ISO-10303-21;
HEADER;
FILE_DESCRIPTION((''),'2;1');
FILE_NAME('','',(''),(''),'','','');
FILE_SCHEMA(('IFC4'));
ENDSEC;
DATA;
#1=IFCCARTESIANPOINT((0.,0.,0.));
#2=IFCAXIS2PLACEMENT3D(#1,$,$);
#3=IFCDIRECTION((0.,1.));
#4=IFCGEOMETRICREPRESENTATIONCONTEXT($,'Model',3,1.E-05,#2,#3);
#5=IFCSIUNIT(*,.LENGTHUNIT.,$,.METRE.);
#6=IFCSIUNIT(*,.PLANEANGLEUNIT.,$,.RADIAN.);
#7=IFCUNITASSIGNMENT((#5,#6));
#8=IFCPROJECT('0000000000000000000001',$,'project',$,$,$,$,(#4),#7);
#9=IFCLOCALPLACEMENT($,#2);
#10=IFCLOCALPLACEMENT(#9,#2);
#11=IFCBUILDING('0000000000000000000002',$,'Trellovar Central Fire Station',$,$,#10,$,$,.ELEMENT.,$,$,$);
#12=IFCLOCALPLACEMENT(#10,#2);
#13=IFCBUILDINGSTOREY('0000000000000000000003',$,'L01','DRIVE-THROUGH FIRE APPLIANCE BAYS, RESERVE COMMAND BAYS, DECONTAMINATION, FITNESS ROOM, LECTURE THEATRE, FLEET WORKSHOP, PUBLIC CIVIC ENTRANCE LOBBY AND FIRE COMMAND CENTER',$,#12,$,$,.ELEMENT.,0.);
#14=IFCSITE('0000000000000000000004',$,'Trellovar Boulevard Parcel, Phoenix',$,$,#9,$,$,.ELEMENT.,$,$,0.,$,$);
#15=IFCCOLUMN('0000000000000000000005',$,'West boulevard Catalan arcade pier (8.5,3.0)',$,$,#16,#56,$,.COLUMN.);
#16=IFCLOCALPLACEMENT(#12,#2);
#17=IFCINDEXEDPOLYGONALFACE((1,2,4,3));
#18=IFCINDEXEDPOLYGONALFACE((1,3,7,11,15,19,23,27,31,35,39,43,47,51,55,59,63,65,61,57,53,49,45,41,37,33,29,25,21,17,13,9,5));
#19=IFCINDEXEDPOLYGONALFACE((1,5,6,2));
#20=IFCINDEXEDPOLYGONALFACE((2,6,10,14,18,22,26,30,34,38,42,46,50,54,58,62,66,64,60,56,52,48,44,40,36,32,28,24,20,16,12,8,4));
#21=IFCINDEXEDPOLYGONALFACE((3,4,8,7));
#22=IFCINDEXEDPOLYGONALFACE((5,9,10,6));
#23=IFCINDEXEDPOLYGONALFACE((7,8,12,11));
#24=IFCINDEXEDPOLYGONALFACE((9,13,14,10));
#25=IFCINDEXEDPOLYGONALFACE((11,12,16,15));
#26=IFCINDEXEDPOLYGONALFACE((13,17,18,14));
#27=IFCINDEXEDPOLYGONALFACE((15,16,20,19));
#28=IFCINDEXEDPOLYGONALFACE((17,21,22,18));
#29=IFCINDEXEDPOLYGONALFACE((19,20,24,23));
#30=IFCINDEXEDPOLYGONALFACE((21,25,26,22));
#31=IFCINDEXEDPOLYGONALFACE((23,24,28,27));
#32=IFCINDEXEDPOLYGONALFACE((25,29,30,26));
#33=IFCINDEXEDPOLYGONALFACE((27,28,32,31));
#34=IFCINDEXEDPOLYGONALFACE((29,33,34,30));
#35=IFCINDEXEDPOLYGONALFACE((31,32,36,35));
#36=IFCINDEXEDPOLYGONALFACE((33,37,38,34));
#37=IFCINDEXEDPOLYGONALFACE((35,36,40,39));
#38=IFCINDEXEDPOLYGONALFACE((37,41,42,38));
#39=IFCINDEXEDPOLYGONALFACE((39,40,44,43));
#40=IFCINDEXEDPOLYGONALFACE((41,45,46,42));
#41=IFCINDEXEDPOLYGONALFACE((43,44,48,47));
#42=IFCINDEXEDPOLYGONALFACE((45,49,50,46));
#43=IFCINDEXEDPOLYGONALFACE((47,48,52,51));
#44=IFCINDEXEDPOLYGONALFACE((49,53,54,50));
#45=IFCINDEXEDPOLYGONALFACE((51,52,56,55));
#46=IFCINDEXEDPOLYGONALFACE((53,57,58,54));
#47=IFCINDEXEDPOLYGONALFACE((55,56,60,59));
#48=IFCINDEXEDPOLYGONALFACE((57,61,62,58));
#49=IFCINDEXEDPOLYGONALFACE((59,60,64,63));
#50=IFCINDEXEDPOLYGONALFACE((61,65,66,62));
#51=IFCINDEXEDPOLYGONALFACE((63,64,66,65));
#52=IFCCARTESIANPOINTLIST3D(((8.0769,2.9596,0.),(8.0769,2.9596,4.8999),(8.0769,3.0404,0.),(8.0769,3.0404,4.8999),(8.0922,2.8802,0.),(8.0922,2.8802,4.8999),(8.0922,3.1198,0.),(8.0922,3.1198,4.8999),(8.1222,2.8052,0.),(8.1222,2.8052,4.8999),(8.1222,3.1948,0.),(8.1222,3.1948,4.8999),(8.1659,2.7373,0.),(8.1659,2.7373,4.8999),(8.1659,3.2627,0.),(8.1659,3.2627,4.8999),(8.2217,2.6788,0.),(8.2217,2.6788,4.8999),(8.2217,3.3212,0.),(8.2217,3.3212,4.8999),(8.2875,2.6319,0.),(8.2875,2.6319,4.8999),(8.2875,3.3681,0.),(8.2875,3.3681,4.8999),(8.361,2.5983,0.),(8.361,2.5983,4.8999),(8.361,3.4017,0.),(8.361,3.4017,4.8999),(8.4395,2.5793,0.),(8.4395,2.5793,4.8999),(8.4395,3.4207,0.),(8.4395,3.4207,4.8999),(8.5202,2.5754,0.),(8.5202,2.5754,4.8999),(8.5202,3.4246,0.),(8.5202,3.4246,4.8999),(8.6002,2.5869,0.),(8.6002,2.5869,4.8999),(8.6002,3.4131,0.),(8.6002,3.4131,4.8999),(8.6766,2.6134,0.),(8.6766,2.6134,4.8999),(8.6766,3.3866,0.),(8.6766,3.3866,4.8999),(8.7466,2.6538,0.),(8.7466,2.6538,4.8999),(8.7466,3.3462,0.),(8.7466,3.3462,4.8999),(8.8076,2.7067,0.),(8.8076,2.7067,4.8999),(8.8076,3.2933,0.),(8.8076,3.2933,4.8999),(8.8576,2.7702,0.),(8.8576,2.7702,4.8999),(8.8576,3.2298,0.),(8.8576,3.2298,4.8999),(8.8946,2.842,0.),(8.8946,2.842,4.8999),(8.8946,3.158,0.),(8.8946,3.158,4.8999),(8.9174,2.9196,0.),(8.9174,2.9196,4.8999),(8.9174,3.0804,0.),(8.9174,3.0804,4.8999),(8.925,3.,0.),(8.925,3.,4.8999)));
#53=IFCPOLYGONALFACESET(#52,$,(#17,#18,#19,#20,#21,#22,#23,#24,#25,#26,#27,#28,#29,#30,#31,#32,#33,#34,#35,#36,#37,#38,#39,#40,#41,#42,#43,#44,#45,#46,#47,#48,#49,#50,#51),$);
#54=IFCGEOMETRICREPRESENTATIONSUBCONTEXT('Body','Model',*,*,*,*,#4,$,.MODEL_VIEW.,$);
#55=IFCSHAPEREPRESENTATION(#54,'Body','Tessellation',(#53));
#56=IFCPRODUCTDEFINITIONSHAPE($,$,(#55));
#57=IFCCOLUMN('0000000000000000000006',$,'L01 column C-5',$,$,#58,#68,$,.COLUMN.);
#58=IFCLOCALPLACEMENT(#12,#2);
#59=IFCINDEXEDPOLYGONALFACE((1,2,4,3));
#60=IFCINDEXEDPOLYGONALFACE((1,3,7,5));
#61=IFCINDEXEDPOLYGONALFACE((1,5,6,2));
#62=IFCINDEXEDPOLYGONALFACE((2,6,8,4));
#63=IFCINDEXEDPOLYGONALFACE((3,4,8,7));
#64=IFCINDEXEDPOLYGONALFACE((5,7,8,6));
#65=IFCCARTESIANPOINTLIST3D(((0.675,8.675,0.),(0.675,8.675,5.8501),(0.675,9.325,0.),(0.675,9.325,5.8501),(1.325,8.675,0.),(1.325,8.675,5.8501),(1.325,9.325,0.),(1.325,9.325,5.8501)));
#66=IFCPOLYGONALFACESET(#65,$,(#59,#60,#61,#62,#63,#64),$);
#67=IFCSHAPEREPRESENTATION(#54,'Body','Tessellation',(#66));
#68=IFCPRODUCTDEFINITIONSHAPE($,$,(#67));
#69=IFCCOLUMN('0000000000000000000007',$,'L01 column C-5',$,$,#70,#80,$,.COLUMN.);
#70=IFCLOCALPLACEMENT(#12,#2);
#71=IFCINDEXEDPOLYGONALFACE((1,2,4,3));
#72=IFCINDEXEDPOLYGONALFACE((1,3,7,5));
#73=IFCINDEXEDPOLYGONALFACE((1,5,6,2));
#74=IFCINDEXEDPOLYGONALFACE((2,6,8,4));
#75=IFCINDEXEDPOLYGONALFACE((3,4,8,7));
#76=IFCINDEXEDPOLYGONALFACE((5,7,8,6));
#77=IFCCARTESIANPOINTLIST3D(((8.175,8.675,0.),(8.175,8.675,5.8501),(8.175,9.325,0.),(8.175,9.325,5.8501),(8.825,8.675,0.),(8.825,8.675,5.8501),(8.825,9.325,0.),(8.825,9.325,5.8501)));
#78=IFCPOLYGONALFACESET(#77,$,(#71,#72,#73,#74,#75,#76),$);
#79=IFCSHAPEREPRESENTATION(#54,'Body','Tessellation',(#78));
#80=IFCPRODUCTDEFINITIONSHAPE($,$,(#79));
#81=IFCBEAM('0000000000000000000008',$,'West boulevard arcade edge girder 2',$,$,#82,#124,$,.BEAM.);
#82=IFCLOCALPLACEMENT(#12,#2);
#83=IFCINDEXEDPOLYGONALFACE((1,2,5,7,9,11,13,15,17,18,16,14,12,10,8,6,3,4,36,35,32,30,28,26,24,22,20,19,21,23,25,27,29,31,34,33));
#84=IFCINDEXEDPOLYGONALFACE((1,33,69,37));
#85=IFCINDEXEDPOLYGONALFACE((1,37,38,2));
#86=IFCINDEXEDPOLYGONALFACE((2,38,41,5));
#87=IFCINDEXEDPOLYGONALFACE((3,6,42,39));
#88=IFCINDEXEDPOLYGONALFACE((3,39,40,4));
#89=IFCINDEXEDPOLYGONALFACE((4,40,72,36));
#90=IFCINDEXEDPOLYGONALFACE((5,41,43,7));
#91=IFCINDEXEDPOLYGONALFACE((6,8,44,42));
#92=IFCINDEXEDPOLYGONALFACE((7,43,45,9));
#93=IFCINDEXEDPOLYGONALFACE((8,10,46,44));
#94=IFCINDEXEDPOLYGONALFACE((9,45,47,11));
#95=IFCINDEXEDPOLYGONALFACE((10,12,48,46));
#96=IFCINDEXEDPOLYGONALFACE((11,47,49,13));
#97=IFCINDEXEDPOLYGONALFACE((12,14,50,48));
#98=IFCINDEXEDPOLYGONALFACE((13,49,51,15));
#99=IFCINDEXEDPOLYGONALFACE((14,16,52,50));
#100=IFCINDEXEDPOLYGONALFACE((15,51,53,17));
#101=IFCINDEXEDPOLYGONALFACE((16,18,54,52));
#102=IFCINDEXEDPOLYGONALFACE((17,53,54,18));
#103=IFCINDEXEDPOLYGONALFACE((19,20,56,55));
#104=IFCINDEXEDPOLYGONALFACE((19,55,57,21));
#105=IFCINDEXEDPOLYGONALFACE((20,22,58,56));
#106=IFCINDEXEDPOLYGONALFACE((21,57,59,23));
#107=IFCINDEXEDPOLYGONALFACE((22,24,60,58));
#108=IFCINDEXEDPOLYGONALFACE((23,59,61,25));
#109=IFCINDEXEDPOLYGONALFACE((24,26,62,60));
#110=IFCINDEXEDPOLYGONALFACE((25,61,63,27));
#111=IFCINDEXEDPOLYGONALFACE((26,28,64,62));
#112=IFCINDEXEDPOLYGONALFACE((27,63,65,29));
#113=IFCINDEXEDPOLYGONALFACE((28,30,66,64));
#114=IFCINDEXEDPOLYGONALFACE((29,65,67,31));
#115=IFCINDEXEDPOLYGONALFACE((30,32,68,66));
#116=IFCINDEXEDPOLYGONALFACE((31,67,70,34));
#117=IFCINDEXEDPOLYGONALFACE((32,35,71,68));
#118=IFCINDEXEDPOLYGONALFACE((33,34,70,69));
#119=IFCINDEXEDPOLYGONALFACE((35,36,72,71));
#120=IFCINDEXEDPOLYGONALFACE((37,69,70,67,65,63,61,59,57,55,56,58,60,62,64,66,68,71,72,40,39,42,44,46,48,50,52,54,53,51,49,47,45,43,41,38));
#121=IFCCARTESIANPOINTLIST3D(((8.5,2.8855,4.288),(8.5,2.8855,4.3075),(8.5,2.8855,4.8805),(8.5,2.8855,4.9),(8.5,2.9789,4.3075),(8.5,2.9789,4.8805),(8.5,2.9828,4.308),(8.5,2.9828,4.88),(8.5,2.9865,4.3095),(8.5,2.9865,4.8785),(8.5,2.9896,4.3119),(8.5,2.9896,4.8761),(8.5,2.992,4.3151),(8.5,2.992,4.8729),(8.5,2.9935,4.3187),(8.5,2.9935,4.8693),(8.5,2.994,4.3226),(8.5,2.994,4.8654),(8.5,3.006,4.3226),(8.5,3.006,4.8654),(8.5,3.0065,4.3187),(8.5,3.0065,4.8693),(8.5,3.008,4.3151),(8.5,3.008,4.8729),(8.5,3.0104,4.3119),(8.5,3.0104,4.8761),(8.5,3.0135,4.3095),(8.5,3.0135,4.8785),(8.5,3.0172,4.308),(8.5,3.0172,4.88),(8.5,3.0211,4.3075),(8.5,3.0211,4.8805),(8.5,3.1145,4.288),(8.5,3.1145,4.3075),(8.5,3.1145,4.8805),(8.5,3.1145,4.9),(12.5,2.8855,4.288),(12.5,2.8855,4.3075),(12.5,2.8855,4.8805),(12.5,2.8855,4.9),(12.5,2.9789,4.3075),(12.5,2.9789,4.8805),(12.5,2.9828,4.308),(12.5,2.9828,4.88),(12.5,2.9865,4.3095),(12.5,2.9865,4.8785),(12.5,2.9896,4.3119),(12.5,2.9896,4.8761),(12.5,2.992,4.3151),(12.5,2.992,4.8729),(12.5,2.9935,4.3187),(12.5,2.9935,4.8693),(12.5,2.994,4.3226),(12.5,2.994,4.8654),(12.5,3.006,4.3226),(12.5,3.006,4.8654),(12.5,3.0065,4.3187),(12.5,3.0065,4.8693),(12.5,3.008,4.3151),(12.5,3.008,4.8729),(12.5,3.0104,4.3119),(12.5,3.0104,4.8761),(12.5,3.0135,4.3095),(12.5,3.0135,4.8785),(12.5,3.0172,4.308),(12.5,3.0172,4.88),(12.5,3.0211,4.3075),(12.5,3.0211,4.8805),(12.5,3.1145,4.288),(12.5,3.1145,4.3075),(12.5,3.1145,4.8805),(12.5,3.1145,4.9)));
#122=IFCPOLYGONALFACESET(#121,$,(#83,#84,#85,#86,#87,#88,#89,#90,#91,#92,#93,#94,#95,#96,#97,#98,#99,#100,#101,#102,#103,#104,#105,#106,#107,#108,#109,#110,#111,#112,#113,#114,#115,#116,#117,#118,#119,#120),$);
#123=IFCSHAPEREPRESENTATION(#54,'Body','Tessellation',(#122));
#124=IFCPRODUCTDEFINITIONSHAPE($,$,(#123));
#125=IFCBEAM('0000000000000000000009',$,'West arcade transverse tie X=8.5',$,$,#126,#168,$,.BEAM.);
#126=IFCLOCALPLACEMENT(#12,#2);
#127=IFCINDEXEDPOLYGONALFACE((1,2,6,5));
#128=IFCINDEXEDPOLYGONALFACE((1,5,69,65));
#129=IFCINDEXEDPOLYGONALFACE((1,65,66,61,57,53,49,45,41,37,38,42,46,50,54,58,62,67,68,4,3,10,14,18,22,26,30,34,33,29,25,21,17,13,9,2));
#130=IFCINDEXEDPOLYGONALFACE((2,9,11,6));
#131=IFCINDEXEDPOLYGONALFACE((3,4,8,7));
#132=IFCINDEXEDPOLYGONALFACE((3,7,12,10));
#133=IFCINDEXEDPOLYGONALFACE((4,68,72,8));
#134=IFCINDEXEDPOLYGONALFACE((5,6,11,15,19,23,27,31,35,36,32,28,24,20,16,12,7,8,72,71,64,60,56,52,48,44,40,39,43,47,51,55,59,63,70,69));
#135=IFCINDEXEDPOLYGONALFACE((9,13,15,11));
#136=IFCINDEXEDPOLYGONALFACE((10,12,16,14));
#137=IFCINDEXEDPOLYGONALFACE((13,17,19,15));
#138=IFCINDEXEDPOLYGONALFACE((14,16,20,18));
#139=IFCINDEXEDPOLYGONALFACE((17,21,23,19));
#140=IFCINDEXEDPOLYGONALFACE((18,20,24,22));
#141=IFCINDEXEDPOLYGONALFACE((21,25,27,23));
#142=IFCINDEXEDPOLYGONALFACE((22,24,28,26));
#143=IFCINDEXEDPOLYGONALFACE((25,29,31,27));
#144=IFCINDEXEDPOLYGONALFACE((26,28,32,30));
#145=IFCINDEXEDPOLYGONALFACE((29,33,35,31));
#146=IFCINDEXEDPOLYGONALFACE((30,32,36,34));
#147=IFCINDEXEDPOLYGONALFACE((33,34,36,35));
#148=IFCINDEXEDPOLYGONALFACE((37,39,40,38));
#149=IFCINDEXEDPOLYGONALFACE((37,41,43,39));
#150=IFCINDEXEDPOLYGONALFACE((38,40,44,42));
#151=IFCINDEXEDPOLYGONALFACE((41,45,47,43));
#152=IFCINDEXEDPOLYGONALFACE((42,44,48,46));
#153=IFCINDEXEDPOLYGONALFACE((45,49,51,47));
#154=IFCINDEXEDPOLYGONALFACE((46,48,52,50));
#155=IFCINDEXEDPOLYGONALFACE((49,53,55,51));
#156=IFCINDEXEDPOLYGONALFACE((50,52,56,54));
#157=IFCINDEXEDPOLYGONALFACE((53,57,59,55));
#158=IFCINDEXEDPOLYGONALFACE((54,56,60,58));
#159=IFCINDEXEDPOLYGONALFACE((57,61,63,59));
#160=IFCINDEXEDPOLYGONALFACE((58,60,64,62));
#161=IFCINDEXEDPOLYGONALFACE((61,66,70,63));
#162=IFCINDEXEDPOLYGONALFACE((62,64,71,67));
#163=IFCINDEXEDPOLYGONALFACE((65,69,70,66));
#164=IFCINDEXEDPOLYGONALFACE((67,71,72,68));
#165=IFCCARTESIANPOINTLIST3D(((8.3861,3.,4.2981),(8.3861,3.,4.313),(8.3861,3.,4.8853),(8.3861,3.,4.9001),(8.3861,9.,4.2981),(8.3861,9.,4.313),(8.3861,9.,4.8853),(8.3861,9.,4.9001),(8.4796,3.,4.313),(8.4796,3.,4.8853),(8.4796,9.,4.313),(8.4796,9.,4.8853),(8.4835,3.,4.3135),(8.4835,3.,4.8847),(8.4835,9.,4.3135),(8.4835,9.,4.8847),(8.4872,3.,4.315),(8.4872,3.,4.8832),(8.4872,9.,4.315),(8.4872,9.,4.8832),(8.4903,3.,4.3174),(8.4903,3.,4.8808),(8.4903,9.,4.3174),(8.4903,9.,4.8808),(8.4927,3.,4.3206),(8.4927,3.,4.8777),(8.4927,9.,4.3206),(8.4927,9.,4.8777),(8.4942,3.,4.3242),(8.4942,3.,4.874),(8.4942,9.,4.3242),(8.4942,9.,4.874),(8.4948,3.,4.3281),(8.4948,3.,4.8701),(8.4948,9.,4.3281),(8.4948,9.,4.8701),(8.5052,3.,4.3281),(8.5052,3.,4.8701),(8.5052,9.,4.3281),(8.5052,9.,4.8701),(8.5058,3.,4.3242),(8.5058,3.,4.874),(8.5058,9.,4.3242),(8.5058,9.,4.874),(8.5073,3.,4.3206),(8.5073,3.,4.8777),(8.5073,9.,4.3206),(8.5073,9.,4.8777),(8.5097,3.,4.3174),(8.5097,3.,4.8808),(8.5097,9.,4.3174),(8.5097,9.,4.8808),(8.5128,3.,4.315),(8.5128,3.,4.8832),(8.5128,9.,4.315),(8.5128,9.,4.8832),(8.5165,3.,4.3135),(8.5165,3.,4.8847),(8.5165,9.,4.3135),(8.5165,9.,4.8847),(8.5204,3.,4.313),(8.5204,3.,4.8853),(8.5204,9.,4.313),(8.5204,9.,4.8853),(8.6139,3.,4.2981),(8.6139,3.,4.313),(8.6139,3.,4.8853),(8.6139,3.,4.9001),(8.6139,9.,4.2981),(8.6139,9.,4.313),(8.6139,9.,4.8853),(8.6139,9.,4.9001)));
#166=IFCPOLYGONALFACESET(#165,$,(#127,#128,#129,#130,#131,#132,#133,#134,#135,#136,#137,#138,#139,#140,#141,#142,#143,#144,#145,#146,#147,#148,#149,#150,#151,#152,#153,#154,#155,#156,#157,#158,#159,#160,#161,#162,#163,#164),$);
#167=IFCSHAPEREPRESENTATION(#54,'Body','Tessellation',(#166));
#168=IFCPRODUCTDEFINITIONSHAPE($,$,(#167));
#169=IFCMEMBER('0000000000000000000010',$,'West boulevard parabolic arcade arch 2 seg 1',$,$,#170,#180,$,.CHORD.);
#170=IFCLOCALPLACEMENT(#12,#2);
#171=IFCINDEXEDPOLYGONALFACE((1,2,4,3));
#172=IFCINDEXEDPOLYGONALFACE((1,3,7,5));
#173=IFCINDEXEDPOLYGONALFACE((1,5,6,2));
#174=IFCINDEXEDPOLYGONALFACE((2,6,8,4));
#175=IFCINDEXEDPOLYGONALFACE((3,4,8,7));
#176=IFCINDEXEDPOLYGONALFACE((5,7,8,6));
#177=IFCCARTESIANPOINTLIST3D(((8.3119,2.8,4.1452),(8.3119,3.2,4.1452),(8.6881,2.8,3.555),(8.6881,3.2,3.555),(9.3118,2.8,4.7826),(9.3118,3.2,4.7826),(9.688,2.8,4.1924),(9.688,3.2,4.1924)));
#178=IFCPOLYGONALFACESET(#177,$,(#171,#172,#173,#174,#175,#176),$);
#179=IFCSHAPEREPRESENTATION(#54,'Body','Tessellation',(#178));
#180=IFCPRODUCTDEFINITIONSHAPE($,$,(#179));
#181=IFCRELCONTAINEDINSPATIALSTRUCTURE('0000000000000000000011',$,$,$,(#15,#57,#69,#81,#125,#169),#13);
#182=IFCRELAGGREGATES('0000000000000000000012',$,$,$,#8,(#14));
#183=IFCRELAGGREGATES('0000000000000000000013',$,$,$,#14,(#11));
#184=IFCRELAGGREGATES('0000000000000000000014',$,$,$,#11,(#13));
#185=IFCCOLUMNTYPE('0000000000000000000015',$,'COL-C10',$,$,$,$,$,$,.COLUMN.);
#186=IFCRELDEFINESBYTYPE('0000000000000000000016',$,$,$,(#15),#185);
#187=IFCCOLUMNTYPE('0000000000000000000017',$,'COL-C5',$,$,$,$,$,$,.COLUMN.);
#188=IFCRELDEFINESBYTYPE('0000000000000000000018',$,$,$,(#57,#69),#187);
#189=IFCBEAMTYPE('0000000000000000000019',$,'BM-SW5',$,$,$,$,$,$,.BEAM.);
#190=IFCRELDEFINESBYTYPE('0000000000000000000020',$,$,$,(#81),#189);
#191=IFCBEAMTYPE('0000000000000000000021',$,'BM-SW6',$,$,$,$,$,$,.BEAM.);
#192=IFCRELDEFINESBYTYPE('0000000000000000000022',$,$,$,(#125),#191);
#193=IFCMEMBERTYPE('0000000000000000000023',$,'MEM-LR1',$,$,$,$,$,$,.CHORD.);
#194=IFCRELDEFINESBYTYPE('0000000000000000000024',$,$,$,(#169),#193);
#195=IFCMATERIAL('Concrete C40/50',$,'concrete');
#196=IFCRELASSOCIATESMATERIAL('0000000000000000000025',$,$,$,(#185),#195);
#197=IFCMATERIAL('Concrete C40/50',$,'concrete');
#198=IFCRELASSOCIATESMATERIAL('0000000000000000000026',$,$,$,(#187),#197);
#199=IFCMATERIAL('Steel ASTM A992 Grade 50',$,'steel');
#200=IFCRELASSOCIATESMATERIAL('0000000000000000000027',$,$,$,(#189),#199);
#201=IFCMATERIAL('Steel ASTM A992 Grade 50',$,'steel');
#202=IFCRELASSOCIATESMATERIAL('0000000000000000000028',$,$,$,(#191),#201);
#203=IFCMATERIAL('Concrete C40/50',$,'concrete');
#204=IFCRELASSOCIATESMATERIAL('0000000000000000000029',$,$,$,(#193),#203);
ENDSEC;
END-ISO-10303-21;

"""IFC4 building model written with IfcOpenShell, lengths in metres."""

from ifc_helpers import new_model, si_unit, direction, frame, origin, origin_2d, place, context, subcontext, project, spatial, rectangle, circle, i_section, extrude, material, material_profile, profile_set, type_object, element, save


model = new_model("IFC4")

# Units and contexts
model_context = context("Model", 3, precision=1e-05, world=origin(), true_north=direction((0.0, 1.0)))
body_context = subcontext(model_context, "Body", "Model", "MODEL_VIEW")
ifc_project = project(units=[si_unit("LENGTHUNIT", "METRE"), si_unit("PLANEANGLEUNIT", "RADIAN")], contexts=[model_context])

# Site, building, storey
site_placement = place(None, origin())
site = spatial("IfcSite", under=ifc_project, at=site_placement, Name="Trellovar Boulevard Parcel, Phoenix", CompositionType="ELEMENT", RefElevation=0.0)
building_placement = place(site_placement, origin())
building = spatial("IfcBuilding", under=site, at=building_placement, Name="Trellovar Central Fire Station", CompositionType="ELEMENT")
storey_placement = place(building_placement, origin())
storey = spatial("IfcBuildingStorey", under=building, at=storey_placement, Name="L01", Description="DRIVE-THROUGH FIRE APPLIANCE BAYS, RESERVE COMMAND BAYS, DECONTAMINATION, FITNESS ROOM, LECTURE THEATRE, FLEET WORKSHOP, PUBLIC CIVIC ENTRANCE LOBBY AND FIRE COMMAND CENTER", CompositionType="ELEMENT", Elevation=0.0)

# Columns
ifc_material_1 = material(Name="Concrete C40/50", Category="concrete")
ifc_material_profile_1 = material_profile(ifc_material_1, circle(Radius=0.425, at=origin_2d()), Name="RCD850")
ifc_profile_set_1 = profile_set([ifc_material_profile_1], Name="Concrete C40/50")
column_type_1 = type_object("IfcColumnType", Name="COL-C10", PredefinedType="COLUMN", material=ifc_profile_set_1)
column_placement = place(storey_placement, frame((8.5, 3.0, 0.0), z_axis=(0.0, 0.0, 1.0), x_axis=(1.0, 0.0, 0.0)))
element("IfcColumn", 1, at=column_placement, inside=storey, type_object=column_type_1, Name="West boulevard Catalan arcade pier (8.5,3.0)", PredefinedType="COLUMN", context=body_context, shape_type="SweptSolid", body=[
    extrude(circle(Radius=0.425, at=origin_2d()), origin(), (0.0, 0.0, 1.0), 4.8999),
])
ifc_material_2 = material(Name="Concrete C40/50", Category="concrete")
ifc_material_profile_2 = material_profile(ifc_material_2, rectangle(XDim=0.6499, YDim=0.6499, at=origin_2d()), Name="RC650X650")
ifc_profile_set_2 = profile_set([ifc_material_profile_2], Name="Concrete C40/50")
column_type_2 = type_object("IfcColumnType", Name="COL-C5", PredefinedType="COLUMN", material=ifc_profile_set_2)
for number, where, z_axis, x_axis, name in (
    (2, (1.0, 9.0, 0.0), (0.0, 0.0, 1.0), (1.0, 0.0, 0.0), "L01 column C-5"),
    (3, (8.5, 9.0, 0.0), (0.0, 0.0, 1.0), (1.0, 0.0, 0.0), "L01 column C-5"),
):
    element("IfcColumn", number, at=place(storey_placement, frame(where, z_axis=z_axis, x_axis=x_axis)), inside=storey, type_object=column_type_2, Name=name, PredefinedType="COLUMN", context=body_context, shape_type="SweptSolid", body=[
        extrude(rectangle(XDim=0.6499, YDim=0.6499, at=origin_2d()), origin(), (0.0, 0.0, 1.0), 5.8501),
    ])

# Beams
ifc_material_3 = material(Name="Steel ASTM A992 Grade 50", Category="steel")
ifc_material_profile_3 = material_profile(ifc_material_3, i_section(OverallWidth=0.229, OverallDepth=0.6121, WebThickness=0.012, FlangeThickness=0.0195, FilletRadius=0.0151, at=origin_2d()), Name="W24X84")
ifc_profile_set_3 = profile_set([ifc_material_profile_3], Name="Steel ASTM A992 Grade 50")
beam_type_1 = type_object("IfcBeamType", Name="BM-SW5", PredefinedType="BEAM", material=ifc_profile_set_3)
beam_1_placement = place(storey_placement, frame((8.5, 3.0, 4.594), z_axis=(1.0, 0.0, 0.0), x_axis=(0.0, 1.0, 0.0)))
element("IfcBeam", 4, at=beam_1_placement, inside=storey, type_object=beam_type_1, Name="West boulevard arcade edge girder 2", PredefinedType="BEAM", context=body_context, shape_type="SweptSolid", body=[
    extrude(i_section(OverallWidth=0.229, OverallDepth=0.6121, WebThickness=0.012, FlangeThickness=0.0195, FilletRadius=0.0151, at=origin_2d()), origin(), (0.0, 0.0, 1.0), 4.0),
])
ifc_material_4 = material(Name="Steel ASTM A992 Grade 50", Category="steel")
ifc_material_profile_4 = material_profile(ifc_material_4, i_section(OverallWidth=0.2278, OverallDepth=0.6021, WebThickness=0.0105, FlangeThickness=0.0149, FilletRadius=0.0151, at=origin_2d()), Name="W24X68")
ifc_profile_set_4 = profile_set([ifc_material_profile_4], Name="Steel ASTM A992 Grade 50")
beam_type_2 = type_object("IfcBeamType", Name="BM-SW6", PredefinedType="BEAM", material=ifc_profile_set_4)
beam_2_placement = place(storey_placement, frame((8.5, 3.0, 4.5991), z_axis=(0.0, 1.0, 0.0), x_axis=(-1.0, 0.0, 0.0)))
element("IfcBeam", 5, at=beam_2_placement, inside=storey, type_object=beam_type_2, Name="West arcade transverse tie X=8.5", PredefinedType="BEAM", context=body_context, shape_type="SweptSolid", body=[
    extrude(i_section(OverallWidth=0.2278, OverallDepth=0.6021, WebThickness=0.0105, FlangeThickness=0.0149, FilletRadius=0.0151, at=origin_2d()), origin(), (0.0, 0.0, 1.0), 6.0),
])

# Member
ifc_material_5 = material(Name="Concrete C40/50", Category="concrete")
ifc_material_profile_5 = material_profile(ifc_material_5, rectangle(XDim=0.3999, YDim=0.7, at=origin_2d()), Name="RC400X700")
ifc_profile_set_5 = profile_set([ifc_material_profile_5], Name="Concrete C40/50")
member_type_1 = type_object("IfcMemberType", Name="MEM-LR1", PredefinedType="CHORD", material=ifc_profile_set_5)
member_1_placement = place(storey_placement, frame((8.5, 3.0, 3.8501), z_axis=(0.843246, 0.0, 0.537528), x_axis=(0.0, 1.0, 0.0)))
element("IfcMember", 6, at=member_1_placement, inside=storey, type_object=member_type_1, Name="West boulevard parabolic arcade arch 2 seg 1", PredefinedType="CHORD", context=body_context, shape_type="SweptSolid", body=[
    extrude(rectangle(XDim=0.3999, YDim=0.7, at=origin_2d()), origin(), (0.0, 0.0, 1.0), 1.1858),
])

save(model, "model.ifc")
